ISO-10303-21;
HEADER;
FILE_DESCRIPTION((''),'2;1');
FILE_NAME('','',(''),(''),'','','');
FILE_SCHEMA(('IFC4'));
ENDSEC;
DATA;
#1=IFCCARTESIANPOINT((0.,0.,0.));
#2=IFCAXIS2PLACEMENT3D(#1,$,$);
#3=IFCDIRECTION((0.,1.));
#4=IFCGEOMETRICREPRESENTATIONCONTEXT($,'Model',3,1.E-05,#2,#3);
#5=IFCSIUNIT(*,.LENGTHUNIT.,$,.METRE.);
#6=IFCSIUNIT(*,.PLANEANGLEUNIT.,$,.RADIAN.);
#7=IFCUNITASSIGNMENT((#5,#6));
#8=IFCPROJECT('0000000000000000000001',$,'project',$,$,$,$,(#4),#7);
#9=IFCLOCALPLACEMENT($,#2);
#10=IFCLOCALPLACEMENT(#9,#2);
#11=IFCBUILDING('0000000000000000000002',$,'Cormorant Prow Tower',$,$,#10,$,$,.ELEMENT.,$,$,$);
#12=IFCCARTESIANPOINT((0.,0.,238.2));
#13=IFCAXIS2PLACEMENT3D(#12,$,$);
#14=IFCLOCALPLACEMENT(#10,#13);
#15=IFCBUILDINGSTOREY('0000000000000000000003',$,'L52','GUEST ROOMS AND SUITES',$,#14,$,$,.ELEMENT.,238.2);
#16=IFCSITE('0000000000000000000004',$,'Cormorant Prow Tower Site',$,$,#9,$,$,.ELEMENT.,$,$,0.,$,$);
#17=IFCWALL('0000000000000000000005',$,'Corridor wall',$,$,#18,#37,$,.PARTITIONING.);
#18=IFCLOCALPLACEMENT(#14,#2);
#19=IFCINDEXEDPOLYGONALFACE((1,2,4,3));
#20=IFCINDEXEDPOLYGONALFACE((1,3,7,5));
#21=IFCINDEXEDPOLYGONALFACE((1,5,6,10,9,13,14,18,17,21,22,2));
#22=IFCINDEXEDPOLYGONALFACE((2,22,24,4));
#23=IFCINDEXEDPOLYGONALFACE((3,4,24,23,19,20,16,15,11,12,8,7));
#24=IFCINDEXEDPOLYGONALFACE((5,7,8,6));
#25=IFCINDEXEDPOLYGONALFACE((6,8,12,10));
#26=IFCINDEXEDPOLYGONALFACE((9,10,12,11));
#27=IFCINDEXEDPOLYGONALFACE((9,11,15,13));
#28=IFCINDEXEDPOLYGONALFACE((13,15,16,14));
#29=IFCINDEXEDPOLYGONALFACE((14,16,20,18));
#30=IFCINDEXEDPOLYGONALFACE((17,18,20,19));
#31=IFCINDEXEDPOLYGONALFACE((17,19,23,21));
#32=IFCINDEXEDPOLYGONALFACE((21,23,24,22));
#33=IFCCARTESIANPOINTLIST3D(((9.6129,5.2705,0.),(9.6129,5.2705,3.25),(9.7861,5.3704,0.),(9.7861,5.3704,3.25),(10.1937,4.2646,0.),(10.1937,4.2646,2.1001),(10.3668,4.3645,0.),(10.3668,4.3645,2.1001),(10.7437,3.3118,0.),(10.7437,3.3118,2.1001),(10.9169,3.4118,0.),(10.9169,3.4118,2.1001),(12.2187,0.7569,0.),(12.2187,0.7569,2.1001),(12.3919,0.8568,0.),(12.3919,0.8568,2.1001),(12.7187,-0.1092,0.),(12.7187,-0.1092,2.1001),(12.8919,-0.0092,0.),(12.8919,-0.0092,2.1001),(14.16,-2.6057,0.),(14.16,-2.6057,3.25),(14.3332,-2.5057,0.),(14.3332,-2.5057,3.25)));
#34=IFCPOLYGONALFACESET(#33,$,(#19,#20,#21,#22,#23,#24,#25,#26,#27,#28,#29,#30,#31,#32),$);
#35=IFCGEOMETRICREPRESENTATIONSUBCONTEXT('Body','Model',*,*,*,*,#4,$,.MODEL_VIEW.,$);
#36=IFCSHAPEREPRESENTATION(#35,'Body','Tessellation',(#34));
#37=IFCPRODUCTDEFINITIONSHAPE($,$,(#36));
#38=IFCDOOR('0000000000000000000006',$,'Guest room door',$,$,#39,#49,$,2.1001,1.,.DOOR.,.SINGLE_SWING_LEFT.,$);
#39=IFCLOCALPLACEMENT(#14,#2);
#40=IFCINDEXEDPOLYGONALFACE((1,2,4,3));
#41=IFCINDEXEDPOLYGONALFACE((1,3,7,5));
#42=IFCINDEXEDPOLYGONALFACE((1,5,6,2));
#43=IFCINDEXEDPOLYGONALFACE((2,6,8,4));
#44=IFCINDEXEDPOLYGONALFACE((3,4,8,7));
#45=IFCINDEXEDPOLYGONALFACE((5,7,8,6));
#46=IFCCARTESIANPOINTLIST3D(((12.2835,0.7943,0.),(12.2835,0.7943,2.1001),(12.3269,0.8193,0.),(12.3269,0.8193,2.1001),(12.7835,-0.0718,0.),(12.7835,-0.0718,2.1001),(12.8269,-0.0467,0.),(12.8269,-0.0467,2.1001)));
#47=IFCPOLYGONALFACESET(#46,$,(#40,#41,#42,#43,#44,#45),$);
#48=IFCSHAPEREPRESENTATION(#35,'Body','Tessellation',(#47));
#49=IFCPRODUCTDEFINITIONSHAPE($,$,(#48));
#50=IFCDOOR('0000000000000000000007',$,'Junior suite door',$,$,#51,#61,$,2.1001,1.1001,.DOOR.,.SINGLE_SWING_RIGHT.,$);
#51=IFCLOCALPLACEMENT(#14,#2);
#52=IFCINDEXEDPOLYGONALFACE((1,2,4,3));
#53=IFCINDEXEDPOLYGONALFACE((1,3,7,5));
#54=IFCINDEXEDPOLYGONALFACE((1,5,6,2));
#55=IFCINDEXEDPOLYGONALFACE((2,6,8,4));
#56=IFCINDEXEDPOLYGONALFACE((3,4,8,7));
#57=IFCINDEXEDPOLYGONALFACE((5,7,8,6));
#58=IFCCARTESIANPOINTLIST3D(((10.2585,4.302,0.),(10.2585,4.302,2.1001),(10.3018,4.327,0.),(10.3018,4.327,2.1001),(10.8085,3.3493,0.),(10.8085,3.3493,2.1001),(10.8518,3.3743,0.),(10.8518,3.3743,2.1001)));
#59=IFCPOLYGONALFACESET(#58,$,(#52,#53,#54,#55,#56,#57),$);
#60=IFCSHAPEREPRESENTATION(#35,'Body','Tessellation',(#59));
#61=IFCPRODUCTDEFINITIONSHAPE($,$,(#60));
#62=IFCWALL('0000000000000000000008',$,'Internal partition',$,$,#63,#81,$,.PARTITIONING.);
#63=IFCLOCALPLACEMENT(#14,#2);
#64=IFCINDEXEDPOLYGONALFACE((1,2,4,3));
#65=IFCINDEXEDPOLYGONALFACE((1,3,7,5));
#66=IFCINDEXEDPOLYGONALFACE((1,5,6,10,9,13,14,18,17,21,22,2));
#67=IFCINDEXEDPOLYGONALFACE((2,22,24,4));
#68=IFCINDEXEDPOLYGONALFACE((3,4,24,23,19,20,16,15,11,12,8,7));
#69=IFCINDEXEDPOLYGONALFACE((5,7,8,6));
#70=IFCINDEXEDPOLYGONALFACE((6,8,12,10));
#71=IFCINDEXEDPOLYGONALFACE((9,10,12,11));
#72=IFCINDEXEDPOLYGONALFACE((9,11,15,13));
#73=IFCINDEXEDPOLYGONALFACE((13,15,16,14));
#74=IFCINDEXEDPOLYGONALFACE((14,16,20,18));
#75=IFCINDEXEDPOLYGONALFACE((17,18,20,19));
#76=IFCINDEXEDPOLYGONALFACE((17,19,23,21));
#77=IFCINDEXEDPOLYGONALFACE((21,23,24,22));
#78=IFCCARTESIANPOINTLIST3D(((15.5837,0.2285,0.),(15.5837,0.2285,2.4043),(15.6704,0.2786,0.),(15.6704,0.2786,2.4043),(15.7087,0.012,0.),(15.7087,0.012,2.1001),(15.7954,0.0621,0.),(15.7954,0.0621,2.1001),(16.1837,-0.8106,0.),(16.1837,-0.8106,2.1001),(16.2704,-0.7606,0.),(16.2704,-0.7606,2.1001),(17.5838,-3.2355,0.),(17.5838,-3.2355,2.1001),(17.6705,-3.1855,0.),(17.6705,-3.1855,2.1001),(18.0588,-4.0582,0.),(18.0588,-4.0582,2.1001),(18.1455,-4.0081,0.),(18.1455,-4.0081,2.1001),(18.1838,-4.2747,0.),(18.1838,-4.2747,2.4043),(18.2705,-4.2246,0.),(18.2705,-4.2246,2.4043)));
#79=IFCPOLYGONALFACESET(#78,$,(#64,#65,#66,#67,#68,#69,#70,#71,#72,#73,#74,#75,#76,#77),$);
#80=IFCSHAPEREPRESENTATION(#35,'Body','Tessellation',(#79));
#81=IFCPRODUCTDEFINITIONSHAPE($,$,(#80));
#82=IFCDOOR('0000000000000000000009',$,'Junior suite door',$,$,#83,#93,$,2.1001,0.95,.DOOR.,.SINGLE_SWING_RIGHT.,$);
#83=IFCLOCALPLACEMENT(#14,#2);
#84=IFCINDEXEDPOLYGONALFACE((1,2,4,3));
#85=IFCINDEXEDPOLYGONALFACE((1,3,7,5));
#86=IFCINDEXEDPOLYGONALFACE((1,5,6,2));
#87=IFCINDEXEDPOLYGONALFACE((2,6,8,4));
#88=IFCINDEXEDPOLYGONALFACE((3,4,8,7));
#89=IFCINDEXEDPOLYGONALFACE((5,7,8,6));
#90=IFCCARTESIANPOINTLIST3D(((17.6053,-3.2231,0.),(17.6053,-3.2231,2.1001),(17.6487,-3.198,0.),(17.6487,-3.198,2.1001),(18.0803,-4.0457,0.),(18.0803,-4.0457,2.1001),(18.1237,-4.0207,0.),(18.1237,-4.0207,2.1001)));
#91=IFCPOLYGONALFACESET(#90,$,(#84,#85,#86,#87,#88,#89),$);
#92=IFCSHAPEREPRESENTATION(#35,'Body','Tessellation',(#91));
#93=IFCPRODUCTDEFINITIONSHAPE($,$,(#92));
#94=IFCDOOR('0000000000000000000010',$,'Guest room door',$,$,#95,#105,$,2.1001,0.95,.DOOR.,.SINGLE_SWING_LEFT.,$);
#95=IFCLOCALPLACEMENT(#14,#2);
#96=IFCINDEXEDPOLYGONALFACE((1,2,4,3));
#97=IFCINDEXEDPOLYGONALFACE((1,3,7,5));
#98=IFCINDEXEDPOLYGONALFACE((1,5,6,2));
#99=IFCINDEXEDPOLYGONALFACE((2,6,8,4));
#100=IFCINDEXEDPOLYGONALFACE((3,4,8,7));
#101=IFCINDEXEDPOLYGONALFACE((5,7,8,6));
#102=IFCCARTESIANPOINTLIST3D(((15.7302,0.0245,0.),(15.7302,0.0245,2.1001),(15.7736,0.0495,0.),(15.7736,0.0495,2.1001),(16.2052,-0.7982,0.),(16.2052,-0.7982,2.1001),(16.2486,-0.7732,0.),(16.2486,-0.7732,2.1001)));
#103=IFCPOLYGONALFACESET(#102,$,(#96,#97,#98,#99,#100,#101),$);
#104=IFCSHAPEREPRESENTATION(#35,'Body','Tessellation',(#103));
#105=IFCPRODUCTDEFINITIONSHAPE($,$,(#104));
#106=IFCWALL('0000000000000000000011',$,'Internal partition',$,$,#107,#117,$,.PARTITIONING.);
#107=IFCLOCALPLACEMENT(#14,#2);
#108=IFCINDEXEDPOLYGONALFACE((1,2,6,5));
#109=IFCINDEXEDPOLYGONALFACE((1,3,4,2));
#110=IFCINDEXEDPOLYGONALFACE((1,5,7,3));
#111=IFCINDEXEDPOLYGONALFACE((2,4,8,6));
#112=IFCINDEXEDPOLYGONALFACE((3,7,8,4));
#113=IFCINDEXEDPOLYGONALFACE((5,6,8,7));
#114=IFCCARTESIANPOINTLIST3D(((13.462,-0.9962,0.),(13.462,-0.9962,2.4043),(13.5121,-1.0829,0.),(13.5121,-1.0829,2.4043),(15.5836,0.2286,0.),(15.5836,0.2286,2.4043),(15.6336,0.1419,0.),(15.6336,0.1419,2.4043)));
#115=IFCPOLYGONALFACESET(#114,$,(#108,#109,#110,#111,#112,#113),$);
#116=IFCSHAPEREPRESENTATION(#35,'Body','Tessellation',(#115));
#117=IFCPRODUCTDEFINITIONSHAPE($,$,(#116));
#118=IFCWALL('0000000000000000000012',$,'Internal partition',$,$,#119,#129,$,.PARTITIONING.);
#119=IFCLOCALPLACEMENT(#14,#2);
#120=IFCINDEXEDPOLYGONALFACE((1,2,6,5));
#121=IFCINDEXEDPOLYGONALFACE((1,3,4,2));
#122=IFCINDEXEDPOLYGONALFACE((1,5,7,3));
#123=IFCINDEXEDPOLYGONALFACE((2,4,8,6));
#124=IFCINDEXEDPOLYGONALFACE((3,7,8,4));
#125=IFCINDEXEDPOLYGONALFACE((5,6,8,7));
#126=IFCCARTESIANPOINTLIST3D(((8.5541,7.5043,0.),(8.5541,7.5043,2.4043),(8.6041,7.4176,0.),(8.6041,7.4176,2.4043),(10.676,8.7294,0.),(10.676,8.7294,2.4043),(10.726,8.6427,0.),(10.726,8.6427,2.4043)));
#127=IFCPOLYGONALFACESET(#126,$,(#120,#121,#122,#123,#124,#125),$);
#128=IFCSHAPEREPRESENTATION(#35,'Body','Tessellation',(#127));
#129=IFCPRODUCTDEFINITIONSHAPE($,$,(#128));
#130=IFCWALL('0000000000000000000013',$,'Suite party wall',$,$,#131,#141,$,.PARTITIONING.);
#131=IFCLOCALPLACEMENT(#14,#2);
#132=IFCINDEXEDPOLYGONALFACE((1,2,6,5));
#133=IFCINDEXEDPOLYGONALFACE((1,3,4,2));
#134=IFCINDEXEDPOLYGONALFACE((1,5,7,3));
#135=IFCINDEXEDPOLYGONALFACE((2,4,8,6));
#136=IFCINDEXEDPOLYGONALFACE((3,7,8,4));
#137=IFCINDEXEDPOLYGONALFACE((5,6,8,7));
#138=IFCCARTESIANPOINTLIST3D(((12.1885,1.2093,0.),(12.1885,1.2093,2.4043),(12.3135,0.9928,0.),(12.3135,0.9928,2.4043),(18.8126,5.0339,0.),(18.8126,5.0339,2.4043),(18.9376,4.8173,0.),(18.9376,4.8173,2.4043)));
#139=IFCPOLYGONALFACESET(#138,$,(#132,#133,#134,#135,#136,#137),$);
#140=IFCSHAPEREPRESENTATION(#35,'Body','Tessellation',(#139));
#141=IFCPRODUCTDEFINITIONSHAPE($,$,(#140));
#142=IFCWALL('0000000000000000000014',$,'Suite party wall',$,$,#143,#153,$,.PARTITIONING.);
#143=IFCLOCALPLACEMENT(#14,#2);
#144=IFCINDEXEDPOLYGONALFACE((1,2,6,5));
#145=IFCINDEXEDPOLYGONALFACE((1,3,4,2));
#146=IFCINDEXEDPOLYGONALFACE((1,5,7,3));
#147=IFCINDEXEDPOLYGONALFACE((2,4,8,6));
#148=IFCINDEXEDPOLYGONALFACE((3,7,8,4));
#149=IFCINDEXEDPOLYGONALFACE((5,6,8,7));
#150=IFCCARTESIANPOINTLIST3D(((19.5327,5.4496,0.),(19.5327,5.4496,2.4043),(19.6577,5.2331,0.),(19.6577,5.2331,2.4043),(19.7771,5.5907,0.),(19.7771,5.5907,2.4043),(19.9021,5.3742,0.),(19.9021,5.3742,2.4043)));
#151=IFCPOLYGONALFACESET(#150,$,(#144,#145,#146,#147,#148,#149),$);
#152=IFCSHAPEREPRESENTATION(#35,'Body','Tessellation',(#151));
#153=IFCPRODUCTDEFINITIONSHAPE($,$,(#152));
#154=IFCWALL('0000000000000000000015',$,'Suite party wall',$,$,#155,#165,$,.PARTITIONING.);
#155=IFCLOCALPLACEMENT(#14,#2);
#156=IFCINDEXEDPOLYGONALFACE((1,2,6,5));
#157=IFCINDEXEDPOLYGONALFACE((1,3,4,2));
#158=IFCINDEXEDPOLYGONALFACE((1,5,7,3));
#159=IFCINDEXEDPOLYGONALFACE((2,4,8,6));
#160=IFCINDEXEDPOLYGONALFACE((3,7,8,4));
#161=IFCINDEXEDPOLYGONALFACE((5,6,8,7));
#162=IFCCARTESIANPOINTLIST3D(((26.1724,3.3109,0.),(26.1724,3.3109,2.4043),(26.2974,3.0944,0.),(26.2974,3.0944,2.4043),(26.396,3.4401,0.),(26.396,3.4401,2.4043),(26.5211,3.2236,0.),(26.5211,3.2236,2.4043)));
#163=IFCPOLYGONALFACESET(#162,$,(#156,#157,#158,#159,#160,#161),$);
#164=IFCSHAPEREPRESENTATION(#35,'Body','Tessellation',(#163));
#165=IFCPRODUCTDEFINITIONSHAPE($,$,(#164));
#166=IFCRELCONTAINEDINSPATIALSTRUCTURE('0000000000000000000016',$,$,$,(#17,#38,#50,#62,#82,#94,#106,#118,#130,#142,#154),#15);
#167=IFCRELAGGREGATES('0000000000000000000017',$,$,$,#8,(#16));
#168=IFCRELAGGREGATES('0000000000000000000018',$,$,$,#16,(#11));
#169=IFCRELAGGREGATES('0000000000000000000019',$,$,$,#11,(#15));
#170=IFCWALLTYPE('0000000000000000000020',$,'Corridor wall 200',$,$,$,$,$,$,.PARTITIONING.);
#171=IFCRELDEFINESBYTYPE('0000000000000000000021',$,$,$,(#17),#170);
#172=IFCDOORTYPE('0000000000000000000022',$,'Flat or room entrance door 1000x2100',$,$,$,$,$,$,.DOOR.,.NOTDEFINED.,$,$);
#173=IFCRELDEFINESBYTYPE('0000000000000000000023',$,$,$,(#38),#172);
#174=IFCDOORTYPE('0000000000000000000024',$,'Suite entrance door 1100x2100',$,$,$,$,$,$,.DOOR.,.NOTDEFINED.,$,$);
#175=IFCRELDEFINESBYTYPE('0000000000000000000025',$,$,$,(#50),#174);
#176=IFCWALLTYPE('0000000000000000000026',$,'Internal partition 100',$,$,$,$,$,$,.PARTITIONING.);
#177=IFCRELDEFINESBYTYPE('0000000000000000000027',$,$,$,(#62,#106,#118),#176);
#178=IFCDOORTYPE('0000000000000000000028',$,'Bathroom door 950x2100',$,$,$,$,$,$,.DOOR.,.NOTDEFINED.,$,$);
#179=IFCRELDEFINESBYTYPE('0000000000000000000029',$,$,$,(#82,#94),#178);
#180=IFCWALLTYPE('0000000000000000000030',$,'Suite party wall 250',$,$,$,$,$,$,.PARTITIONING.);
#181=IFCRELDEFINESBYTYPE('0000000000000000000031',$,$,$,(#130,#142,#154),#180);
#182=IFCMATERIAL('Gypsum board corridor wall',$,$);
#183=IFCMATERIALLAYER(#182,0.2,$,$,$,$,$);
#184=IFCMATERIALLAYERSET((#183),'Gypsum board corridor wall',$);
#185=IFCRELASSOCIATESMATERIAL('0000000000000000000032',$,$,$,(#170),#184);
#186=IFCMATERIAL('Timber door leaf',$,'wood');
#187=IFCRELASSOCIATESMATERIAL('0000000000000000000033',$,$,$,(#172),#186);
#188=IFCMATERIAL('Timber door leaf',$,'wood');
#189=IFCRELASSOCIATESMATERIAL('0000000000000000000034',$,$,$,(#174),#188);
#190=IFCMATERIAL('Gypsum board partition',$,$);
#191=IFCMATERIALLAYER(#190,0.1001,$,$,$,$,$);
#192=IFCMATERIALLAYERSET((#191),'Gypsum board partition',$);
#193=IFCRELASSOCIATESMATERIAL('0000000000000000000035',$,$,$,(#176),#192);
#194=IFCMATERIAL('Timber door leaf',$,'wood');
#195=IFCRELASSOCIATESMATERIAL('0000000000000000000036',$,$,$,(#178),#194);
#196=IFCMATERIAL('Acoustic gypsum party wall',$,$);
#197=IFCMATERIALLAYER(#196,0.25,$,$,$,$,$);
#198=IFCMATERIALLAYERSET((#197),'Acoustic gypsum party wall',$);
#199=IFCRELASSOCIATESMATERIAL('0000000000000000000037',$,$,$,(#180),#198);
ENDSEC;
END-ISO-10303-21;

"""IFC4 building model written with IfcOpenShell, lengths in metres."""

from ifc_helpers import new_model, si_unit, direction, frame, frame_2d, origin, place, context, subcontext, project, spatial, rectangle, extrude, material, layer, layer_set, type_object, element, fill, save


model = new_model("IFC4")

# Units and contexts
model_context = context("Model", 3, precision=1e-05, world=origin(), true_north=direction((0.0, 1.0)))
body_context = subcontext(model_context, "Body", "Model", "MODEL_VIEW")
ifc_project = project(units=[si_unit("LENGTHUNIT", "METRE"), si_unit("PLANEANGLEUNIT", "RADIAN")], contexts=[model_context])

# Site, building, storey
site_placement = place(None, origin())
site = spatial("IfcSite", under=ifc_project, at=site_placement, Name="Cormorant Prow Tower Site", CompositionType="ELEMENT", RefElevation=0.0)
building_placement = place(site_placement, origin())
building = spatial("IfcBuilding", under=site, at=building_placement, Name="Cormorant Prow Tower", CompositionType="ELEMENT")
storey_placement = place(building_placement, frame((0.0, 0.0, 238.2)))
storey = spatial("IfcBuildingStorey", under=building, at=storey_placement, Name="L52", Description="GUEST ROOMS AND SUITES", CompositionType="ELEMENT", Elevation=238.2)

# Walls, openings, doors
ifc_material_1 = material(Name="Gypsum board corridor wall")
ifc_layer_1 = layer(ifc_material_1, 0.2)
ifc_layer_set_1 = layer_set([ifc_layer_1], Name="Gypsum board corridor wall")
wall_type_1 = type_object("IfcWallType", Name="Corridor wall 200", PredefinedType="PARTITIONING", material=ifc_layer_set_1)
wall_1_placement = place(storey_placement, frame((9.6995, 5.3206, 0.0), z_axis=(0.0, 0.0, 1.0), x_axis=(0.499982, -0.866036, 0.0)))
wall_1 = element("IfcWall", 1, at=wall_1_placement, inside=storey, type_object=wall_type_1, Name="Corridor wall", PredefinedType="PARTITIONING", context=body_context, shape_type="SweptSolid", body=[
    extrude(rectangle(XDim=9.0945, YDim=0.2, at=frame_2d((4.5474, 0.0))), origin(), (0.0, 0.0, 1.0), 3.25),
])
opening_1_placement = place(wall_1_placement, frame((5.2119, 0.0, 0.0)))
opening_1 = element("IfcOpeningElement", 2, at=opening_1_placement, cuts=wall_1, PredefinedType="OPENING", context=body_context, shape_type="SweptSolid", body=[
    extrude(rectangle(XDim=1.0, YDim=2.1001, at=frame_2d((0.5, 1.05))), frame((0.0, 0.1099, 0.0), z_axis=(0.0, -1.0, 0.0), x_axis=(1.0, 0.0, 0.0)), (0.0, 0.0, 1.0), 0.22),
])
opening_2_placement = place(wall_1_placement, frame((1.1616, 0.0, 0.0)))
opening_2 = element("IfcOpeningElement", 3, at=opening_2_placement, cuts=wall_1, PredefinedType="OPENING", context=body_context, shape_type="SweptSolid", body=[
    extrude(rectangle(XDim=1.1001, YDim=2.1001, at=frame_2d((0.55, 1.05))), frame((0.0, 0.1099, 0.0), z_axis=(0.0, -1.0, 0.0), x_axis=(1.0, 0.0, 0.0)), (0.0, 0.0, 1.0), 0.22),
])
ifc_material_2 = material(Name="Timber door leaf", Category="wood")
door_type_1 = type_object("IfcDoorType", Name="Flat or room entrance door 1000x2100", OperationType="NOTDEFINED", PredefinedType="DOOR", material=ifc_material_2)
door_1_placement = place(opening_1_placement, origin())
door_1 = element("IfcDoor", 4, at=door_1_placement, inside=storey, type_object=door_type_1, Name="Guest room door", OperationType="SINGLE_SWING_LEFT", OverallHeight=2.1001, OverallWidth=1.0, PredefinedType="DOOR", context=body_context, shape_type="SweptSolid", body=[
    extrude(rectangle(XDim=1.0, YDim=2.1001, at=frame_2d((0.5, 1.05))), frame((0.0, 0.0249, 0.0), z_axis=(0.0, -1.0, 0.0), x_axis=(1.0, 0.0, 0.0)), (0.0, 0.0, 1.0), 0.05),
])
fill(opening_1, door_1)
ifc_material_3 = material(Name="Timber door leaf", Category="wood")
door_type_2 = type_object("IfcDoorType", Name="Suite entrance door 1100x2100", OperationType="NOTDEFINED", PredefinedType="DOOR", material=ifc_material_3)
door_2_placement = place(opening_2_placement, origin())
door_2 = element("IfcDoor", 5, at=door_2_placement, inside=storey, type_object=door_type_2, Name="Junior suite door", OperationType="SINGLE_SWING_RIGHT", OverallHeight=2.1001, OverallWidth=1.1001, PredefinedType="DOOR", context=body_context, shape_type="SweptSolid", body=[
    extrude(rectangle(XDim=1.1001, YDim=2.1001, at=frame_2d((0.55, 1.05))), frame((0.0, 0.0249, 0.0), z_axis=(0.0, -1.0, 0.0), x_axis=(1.0, 0.0, 0.0)), (0.0, 0.0, 1.0), 0.05),
])
fill(opening_2, door_2)
ifc_material_4 = material(Name="Gypsum board partition")
ifc_layer_2 = layer(ifc_material_4, 0.1001)
ifc_layer_set_2 = layer_set([ifc_layer_2], Name="Gypsum board partition")
wall_type_2 = type_object("IfcWallType", Name="Internal partition 100", PredefinedType="PARTITIONING", material=ifc_layer_set_2)
wall_2_placement = place(storey_placement, frame((15.627, 0.2537, 0.0), z_axis=(0.0, 0.0, 1.0), x_axis=(0.500027, -0.86601, 0.0)))
wall_2 = element("IfcWall", 6, at=wall_2_placement, inside=storey, type_object=wall_type_2, Name="Internal partition", PredefinedType="PARTITIONING", context=body_context, shape_type="SweptSolid", body=[
    extrude(rectangle(XDim=5.2, YDim=0.1001, at=frame_2d((2.6001, 0.0))), origin(), (0.0, 0.0, 1.0), 2.4043),
])
opening_3_placement = place(wall_2_placement, frame((4.0, 0.0, 0.0)))
opening_3 = element("IfcOpeningElement", 7, at=opening_3_placement, cuts=wall_2, PredefinedType="OPENING", context=body_context, shape_type="SweptSolid", body=[
    extrude(rectangle(XDim=0.95, YDim=2.1001, at=frame_2d((0.4751, 1.05))), frame((0.0, 0.0601, 0.0), z_axis=(0.0, -1.0, 0.0), x_axis=(1.0, 0.0, 0.0)), (0.0, 0.0, 1.0), 0.1201),
])
opening_4_placement = place(wall_2_placement, frame((0.25, 0.0, 0.0)))
opening_4 = element("IfcOpeningElement", 8, at=opening_4_placement, cuts=wall_2, PredefinedType="OPENING", context=body_context, shape_type="SweptSolid", body=[
    extrude(rectangle(XDim=0.95, YDim=2.1001, at=frame_2d((0.4751, 1.05))), frame((0.0, 0.0601, 0.0), z_axis=(0.0, -1.0, 0.0), x_axis=(1.0, 0.0, 0.0)), (0.0, 0.0, 1.0), 0.1201),
])
ifc_material_5 = material(Name="Timber door leaf", Category="wood")
door_type_3 = type_object("IfcDoorType", Name="Bathroom door 950x2100", OperationType="NOTDEFINED", PredefinedType="DOOR", material=ifc_material_5)
door_3_placement = place(opening_3_placement, origin())
door_3 = element("IfcDoor", 9, at=door_3_placement, inside=storey, type_object=door_type_3, Name="Junior suite door", OperationType="SINGLE_SWING_RIGHT", OverallHeight=2.1001, OverallWidth=0.95, PredefinedType="DOOR", context=body_context, shape_type="SweptSolid", body=[
    extrude(rectangle(XDim=0.95, YDim=2.1001, at=frame_2d((0.4751, 1.05))), frame((0.0, 0.0249, 0.0), z_axis=(0.0, -1.0, 0.0), x_axis=(1.0, 0.0, 0.0)), (0.0, 0.0, 1.0), 0.05),
])
fill(opening_3, door_3)
door_4_placement = place(opening_4_placement, origin())
door_4 = element("IfcDoor", 10, at=door_4_placement, inside=storey, type_object=door_type_3, Name="Guest room door", OperationType="SINGLE_SWING_LEFT", OverallHeight=2.1001, OverallWidth=0.95, PredefinedType="DOOR", context=body_context, shape_type="SweptSolid", body=[
    extrude(rectangle(XDim=0.95, YDim=2.1001, at=frame_2d((0.4751, 1.05))), frame((0.0, 0.0249, 0.0), z_axis=(0.0, -1.0, 0.0), x_axis=(1.0, 0.0, 0.0)), (0.0, 0.0, 1.0), 0.05),
])
fill(opening_4, door_4)

# Walls
wall_3_placement = place(storey_placement, frame((13.4871, -1.0396, 0.0), z_axis=(0.0, 0.0, 1.0), x_axis=(0.866033, 0.499987, 0.0)))
element("IfcWall", 11, at=wall_3_placement, inside=storey, type_object=wall_type_2, Name="Internal partition", PredefinedType="PARTITIONING", context=body_context, shape_type="SweptSolid", body=[
    extrude(rectangle(XDim=2.4497, YDim=0.1001, at=frame_2d((1.2249, 0.0))), origin(), (0.0, 0.0, 1.0), 2.4043),
])
wall_4_placement = place(storey_placement, frame((8.5791, 7.4609, 0.0), z_axis=(0.0, 0.0, 1.0), x_axis=(0.866015, 0.500019, 0.0)))
element("IfcWall", 12, at=wall_4_placement, inside=storey, type_object=wall_type_2, Name="Internal partition", PredefinedType="PARTITIONING", context=body_context, shape_type="SweptSolid", body=[
    extrude(rectangle(XDim=2.4502, YDim=0.1001, at=frame_2d((1.2251, 0.0))), origin(), (0.0, 0.0, 1.0), 2.4043),
])
ifc_material_6 = material(Name="Acoustic gypsum party wall")
ifc_layer_3 = layer(ifc_material_6, 0.25)
ifc_layer_set_3 = layer_set([ifc_layer_3], Name="Acoustic gypsum party wall")
wall_type_3 = type_object("IfcWallType", Name="Suite party wall 250", PredefinedType="PARTITIONING", material=ifc_layer_set_3)
wall_5_placement = place(storey_placement, frame((12.251, 1.1011, 0.0), z_axis=(0.0, 0.0, 1.0), x_axis=(0.866021, 0.500008, 0.0)))
element("IfcWall", 13, at=wall_5_placement, inside=storey, type_object=wall_type_3, Name="Suite party wall", PredefinedType="PARTITIONING", context=body_context, shape_type="SweptSolid", body=[
    extrude(rectangle(XDim=7.6489, YDim=0.25, at=frame_2d((3.8245, 0.0))), origin(), (0.0, 0.0, 1.0), 2.4043),
])
wall_6_placement = place(storey_placement, frame((19.5952, 5.3413, 0.0), z_axis=(0.0, 0.0, 1.0), x_axis=(0.865998, 0.500047, 0.0)))
element("IfcWall", 14, at=wall_6_placement, inside=storey, type_object=wall_type_3, Name="Suite party wall", PredefinedType="PARTITIONING", context=body_context, shape_type="SweptSolid", body=[
    extrude(rectangle(XDim=0.2822, YDim=0.25, at=frame_2d((0.1411, 0.0))), origin(), (0.0, 0.0, 1.0), 2.4043),
])
wall_7_placement = place(storey_placement, frame((26.2349, 3.2026, 0.0), z_axis=(0.0, 0.0, 1.0), x_axis=(0.865965, 0.500104, 0.0)))
element("IfcWall", 15, at=wall_7_placement, inside=storey, type_object=wall_type_3, Name="Suite party wall", PredefinedType="PARTITIONING", context=body_context, shape_type="SweptSolid", body=[
    extrude(rectangle(XDim=0.2583, YDim=0.25, at=frame_2d((0.1292, 0.0))), origin(), (0.0, 0.0, 1.0), 2.4043),
])

save(model, "model.ifc")
